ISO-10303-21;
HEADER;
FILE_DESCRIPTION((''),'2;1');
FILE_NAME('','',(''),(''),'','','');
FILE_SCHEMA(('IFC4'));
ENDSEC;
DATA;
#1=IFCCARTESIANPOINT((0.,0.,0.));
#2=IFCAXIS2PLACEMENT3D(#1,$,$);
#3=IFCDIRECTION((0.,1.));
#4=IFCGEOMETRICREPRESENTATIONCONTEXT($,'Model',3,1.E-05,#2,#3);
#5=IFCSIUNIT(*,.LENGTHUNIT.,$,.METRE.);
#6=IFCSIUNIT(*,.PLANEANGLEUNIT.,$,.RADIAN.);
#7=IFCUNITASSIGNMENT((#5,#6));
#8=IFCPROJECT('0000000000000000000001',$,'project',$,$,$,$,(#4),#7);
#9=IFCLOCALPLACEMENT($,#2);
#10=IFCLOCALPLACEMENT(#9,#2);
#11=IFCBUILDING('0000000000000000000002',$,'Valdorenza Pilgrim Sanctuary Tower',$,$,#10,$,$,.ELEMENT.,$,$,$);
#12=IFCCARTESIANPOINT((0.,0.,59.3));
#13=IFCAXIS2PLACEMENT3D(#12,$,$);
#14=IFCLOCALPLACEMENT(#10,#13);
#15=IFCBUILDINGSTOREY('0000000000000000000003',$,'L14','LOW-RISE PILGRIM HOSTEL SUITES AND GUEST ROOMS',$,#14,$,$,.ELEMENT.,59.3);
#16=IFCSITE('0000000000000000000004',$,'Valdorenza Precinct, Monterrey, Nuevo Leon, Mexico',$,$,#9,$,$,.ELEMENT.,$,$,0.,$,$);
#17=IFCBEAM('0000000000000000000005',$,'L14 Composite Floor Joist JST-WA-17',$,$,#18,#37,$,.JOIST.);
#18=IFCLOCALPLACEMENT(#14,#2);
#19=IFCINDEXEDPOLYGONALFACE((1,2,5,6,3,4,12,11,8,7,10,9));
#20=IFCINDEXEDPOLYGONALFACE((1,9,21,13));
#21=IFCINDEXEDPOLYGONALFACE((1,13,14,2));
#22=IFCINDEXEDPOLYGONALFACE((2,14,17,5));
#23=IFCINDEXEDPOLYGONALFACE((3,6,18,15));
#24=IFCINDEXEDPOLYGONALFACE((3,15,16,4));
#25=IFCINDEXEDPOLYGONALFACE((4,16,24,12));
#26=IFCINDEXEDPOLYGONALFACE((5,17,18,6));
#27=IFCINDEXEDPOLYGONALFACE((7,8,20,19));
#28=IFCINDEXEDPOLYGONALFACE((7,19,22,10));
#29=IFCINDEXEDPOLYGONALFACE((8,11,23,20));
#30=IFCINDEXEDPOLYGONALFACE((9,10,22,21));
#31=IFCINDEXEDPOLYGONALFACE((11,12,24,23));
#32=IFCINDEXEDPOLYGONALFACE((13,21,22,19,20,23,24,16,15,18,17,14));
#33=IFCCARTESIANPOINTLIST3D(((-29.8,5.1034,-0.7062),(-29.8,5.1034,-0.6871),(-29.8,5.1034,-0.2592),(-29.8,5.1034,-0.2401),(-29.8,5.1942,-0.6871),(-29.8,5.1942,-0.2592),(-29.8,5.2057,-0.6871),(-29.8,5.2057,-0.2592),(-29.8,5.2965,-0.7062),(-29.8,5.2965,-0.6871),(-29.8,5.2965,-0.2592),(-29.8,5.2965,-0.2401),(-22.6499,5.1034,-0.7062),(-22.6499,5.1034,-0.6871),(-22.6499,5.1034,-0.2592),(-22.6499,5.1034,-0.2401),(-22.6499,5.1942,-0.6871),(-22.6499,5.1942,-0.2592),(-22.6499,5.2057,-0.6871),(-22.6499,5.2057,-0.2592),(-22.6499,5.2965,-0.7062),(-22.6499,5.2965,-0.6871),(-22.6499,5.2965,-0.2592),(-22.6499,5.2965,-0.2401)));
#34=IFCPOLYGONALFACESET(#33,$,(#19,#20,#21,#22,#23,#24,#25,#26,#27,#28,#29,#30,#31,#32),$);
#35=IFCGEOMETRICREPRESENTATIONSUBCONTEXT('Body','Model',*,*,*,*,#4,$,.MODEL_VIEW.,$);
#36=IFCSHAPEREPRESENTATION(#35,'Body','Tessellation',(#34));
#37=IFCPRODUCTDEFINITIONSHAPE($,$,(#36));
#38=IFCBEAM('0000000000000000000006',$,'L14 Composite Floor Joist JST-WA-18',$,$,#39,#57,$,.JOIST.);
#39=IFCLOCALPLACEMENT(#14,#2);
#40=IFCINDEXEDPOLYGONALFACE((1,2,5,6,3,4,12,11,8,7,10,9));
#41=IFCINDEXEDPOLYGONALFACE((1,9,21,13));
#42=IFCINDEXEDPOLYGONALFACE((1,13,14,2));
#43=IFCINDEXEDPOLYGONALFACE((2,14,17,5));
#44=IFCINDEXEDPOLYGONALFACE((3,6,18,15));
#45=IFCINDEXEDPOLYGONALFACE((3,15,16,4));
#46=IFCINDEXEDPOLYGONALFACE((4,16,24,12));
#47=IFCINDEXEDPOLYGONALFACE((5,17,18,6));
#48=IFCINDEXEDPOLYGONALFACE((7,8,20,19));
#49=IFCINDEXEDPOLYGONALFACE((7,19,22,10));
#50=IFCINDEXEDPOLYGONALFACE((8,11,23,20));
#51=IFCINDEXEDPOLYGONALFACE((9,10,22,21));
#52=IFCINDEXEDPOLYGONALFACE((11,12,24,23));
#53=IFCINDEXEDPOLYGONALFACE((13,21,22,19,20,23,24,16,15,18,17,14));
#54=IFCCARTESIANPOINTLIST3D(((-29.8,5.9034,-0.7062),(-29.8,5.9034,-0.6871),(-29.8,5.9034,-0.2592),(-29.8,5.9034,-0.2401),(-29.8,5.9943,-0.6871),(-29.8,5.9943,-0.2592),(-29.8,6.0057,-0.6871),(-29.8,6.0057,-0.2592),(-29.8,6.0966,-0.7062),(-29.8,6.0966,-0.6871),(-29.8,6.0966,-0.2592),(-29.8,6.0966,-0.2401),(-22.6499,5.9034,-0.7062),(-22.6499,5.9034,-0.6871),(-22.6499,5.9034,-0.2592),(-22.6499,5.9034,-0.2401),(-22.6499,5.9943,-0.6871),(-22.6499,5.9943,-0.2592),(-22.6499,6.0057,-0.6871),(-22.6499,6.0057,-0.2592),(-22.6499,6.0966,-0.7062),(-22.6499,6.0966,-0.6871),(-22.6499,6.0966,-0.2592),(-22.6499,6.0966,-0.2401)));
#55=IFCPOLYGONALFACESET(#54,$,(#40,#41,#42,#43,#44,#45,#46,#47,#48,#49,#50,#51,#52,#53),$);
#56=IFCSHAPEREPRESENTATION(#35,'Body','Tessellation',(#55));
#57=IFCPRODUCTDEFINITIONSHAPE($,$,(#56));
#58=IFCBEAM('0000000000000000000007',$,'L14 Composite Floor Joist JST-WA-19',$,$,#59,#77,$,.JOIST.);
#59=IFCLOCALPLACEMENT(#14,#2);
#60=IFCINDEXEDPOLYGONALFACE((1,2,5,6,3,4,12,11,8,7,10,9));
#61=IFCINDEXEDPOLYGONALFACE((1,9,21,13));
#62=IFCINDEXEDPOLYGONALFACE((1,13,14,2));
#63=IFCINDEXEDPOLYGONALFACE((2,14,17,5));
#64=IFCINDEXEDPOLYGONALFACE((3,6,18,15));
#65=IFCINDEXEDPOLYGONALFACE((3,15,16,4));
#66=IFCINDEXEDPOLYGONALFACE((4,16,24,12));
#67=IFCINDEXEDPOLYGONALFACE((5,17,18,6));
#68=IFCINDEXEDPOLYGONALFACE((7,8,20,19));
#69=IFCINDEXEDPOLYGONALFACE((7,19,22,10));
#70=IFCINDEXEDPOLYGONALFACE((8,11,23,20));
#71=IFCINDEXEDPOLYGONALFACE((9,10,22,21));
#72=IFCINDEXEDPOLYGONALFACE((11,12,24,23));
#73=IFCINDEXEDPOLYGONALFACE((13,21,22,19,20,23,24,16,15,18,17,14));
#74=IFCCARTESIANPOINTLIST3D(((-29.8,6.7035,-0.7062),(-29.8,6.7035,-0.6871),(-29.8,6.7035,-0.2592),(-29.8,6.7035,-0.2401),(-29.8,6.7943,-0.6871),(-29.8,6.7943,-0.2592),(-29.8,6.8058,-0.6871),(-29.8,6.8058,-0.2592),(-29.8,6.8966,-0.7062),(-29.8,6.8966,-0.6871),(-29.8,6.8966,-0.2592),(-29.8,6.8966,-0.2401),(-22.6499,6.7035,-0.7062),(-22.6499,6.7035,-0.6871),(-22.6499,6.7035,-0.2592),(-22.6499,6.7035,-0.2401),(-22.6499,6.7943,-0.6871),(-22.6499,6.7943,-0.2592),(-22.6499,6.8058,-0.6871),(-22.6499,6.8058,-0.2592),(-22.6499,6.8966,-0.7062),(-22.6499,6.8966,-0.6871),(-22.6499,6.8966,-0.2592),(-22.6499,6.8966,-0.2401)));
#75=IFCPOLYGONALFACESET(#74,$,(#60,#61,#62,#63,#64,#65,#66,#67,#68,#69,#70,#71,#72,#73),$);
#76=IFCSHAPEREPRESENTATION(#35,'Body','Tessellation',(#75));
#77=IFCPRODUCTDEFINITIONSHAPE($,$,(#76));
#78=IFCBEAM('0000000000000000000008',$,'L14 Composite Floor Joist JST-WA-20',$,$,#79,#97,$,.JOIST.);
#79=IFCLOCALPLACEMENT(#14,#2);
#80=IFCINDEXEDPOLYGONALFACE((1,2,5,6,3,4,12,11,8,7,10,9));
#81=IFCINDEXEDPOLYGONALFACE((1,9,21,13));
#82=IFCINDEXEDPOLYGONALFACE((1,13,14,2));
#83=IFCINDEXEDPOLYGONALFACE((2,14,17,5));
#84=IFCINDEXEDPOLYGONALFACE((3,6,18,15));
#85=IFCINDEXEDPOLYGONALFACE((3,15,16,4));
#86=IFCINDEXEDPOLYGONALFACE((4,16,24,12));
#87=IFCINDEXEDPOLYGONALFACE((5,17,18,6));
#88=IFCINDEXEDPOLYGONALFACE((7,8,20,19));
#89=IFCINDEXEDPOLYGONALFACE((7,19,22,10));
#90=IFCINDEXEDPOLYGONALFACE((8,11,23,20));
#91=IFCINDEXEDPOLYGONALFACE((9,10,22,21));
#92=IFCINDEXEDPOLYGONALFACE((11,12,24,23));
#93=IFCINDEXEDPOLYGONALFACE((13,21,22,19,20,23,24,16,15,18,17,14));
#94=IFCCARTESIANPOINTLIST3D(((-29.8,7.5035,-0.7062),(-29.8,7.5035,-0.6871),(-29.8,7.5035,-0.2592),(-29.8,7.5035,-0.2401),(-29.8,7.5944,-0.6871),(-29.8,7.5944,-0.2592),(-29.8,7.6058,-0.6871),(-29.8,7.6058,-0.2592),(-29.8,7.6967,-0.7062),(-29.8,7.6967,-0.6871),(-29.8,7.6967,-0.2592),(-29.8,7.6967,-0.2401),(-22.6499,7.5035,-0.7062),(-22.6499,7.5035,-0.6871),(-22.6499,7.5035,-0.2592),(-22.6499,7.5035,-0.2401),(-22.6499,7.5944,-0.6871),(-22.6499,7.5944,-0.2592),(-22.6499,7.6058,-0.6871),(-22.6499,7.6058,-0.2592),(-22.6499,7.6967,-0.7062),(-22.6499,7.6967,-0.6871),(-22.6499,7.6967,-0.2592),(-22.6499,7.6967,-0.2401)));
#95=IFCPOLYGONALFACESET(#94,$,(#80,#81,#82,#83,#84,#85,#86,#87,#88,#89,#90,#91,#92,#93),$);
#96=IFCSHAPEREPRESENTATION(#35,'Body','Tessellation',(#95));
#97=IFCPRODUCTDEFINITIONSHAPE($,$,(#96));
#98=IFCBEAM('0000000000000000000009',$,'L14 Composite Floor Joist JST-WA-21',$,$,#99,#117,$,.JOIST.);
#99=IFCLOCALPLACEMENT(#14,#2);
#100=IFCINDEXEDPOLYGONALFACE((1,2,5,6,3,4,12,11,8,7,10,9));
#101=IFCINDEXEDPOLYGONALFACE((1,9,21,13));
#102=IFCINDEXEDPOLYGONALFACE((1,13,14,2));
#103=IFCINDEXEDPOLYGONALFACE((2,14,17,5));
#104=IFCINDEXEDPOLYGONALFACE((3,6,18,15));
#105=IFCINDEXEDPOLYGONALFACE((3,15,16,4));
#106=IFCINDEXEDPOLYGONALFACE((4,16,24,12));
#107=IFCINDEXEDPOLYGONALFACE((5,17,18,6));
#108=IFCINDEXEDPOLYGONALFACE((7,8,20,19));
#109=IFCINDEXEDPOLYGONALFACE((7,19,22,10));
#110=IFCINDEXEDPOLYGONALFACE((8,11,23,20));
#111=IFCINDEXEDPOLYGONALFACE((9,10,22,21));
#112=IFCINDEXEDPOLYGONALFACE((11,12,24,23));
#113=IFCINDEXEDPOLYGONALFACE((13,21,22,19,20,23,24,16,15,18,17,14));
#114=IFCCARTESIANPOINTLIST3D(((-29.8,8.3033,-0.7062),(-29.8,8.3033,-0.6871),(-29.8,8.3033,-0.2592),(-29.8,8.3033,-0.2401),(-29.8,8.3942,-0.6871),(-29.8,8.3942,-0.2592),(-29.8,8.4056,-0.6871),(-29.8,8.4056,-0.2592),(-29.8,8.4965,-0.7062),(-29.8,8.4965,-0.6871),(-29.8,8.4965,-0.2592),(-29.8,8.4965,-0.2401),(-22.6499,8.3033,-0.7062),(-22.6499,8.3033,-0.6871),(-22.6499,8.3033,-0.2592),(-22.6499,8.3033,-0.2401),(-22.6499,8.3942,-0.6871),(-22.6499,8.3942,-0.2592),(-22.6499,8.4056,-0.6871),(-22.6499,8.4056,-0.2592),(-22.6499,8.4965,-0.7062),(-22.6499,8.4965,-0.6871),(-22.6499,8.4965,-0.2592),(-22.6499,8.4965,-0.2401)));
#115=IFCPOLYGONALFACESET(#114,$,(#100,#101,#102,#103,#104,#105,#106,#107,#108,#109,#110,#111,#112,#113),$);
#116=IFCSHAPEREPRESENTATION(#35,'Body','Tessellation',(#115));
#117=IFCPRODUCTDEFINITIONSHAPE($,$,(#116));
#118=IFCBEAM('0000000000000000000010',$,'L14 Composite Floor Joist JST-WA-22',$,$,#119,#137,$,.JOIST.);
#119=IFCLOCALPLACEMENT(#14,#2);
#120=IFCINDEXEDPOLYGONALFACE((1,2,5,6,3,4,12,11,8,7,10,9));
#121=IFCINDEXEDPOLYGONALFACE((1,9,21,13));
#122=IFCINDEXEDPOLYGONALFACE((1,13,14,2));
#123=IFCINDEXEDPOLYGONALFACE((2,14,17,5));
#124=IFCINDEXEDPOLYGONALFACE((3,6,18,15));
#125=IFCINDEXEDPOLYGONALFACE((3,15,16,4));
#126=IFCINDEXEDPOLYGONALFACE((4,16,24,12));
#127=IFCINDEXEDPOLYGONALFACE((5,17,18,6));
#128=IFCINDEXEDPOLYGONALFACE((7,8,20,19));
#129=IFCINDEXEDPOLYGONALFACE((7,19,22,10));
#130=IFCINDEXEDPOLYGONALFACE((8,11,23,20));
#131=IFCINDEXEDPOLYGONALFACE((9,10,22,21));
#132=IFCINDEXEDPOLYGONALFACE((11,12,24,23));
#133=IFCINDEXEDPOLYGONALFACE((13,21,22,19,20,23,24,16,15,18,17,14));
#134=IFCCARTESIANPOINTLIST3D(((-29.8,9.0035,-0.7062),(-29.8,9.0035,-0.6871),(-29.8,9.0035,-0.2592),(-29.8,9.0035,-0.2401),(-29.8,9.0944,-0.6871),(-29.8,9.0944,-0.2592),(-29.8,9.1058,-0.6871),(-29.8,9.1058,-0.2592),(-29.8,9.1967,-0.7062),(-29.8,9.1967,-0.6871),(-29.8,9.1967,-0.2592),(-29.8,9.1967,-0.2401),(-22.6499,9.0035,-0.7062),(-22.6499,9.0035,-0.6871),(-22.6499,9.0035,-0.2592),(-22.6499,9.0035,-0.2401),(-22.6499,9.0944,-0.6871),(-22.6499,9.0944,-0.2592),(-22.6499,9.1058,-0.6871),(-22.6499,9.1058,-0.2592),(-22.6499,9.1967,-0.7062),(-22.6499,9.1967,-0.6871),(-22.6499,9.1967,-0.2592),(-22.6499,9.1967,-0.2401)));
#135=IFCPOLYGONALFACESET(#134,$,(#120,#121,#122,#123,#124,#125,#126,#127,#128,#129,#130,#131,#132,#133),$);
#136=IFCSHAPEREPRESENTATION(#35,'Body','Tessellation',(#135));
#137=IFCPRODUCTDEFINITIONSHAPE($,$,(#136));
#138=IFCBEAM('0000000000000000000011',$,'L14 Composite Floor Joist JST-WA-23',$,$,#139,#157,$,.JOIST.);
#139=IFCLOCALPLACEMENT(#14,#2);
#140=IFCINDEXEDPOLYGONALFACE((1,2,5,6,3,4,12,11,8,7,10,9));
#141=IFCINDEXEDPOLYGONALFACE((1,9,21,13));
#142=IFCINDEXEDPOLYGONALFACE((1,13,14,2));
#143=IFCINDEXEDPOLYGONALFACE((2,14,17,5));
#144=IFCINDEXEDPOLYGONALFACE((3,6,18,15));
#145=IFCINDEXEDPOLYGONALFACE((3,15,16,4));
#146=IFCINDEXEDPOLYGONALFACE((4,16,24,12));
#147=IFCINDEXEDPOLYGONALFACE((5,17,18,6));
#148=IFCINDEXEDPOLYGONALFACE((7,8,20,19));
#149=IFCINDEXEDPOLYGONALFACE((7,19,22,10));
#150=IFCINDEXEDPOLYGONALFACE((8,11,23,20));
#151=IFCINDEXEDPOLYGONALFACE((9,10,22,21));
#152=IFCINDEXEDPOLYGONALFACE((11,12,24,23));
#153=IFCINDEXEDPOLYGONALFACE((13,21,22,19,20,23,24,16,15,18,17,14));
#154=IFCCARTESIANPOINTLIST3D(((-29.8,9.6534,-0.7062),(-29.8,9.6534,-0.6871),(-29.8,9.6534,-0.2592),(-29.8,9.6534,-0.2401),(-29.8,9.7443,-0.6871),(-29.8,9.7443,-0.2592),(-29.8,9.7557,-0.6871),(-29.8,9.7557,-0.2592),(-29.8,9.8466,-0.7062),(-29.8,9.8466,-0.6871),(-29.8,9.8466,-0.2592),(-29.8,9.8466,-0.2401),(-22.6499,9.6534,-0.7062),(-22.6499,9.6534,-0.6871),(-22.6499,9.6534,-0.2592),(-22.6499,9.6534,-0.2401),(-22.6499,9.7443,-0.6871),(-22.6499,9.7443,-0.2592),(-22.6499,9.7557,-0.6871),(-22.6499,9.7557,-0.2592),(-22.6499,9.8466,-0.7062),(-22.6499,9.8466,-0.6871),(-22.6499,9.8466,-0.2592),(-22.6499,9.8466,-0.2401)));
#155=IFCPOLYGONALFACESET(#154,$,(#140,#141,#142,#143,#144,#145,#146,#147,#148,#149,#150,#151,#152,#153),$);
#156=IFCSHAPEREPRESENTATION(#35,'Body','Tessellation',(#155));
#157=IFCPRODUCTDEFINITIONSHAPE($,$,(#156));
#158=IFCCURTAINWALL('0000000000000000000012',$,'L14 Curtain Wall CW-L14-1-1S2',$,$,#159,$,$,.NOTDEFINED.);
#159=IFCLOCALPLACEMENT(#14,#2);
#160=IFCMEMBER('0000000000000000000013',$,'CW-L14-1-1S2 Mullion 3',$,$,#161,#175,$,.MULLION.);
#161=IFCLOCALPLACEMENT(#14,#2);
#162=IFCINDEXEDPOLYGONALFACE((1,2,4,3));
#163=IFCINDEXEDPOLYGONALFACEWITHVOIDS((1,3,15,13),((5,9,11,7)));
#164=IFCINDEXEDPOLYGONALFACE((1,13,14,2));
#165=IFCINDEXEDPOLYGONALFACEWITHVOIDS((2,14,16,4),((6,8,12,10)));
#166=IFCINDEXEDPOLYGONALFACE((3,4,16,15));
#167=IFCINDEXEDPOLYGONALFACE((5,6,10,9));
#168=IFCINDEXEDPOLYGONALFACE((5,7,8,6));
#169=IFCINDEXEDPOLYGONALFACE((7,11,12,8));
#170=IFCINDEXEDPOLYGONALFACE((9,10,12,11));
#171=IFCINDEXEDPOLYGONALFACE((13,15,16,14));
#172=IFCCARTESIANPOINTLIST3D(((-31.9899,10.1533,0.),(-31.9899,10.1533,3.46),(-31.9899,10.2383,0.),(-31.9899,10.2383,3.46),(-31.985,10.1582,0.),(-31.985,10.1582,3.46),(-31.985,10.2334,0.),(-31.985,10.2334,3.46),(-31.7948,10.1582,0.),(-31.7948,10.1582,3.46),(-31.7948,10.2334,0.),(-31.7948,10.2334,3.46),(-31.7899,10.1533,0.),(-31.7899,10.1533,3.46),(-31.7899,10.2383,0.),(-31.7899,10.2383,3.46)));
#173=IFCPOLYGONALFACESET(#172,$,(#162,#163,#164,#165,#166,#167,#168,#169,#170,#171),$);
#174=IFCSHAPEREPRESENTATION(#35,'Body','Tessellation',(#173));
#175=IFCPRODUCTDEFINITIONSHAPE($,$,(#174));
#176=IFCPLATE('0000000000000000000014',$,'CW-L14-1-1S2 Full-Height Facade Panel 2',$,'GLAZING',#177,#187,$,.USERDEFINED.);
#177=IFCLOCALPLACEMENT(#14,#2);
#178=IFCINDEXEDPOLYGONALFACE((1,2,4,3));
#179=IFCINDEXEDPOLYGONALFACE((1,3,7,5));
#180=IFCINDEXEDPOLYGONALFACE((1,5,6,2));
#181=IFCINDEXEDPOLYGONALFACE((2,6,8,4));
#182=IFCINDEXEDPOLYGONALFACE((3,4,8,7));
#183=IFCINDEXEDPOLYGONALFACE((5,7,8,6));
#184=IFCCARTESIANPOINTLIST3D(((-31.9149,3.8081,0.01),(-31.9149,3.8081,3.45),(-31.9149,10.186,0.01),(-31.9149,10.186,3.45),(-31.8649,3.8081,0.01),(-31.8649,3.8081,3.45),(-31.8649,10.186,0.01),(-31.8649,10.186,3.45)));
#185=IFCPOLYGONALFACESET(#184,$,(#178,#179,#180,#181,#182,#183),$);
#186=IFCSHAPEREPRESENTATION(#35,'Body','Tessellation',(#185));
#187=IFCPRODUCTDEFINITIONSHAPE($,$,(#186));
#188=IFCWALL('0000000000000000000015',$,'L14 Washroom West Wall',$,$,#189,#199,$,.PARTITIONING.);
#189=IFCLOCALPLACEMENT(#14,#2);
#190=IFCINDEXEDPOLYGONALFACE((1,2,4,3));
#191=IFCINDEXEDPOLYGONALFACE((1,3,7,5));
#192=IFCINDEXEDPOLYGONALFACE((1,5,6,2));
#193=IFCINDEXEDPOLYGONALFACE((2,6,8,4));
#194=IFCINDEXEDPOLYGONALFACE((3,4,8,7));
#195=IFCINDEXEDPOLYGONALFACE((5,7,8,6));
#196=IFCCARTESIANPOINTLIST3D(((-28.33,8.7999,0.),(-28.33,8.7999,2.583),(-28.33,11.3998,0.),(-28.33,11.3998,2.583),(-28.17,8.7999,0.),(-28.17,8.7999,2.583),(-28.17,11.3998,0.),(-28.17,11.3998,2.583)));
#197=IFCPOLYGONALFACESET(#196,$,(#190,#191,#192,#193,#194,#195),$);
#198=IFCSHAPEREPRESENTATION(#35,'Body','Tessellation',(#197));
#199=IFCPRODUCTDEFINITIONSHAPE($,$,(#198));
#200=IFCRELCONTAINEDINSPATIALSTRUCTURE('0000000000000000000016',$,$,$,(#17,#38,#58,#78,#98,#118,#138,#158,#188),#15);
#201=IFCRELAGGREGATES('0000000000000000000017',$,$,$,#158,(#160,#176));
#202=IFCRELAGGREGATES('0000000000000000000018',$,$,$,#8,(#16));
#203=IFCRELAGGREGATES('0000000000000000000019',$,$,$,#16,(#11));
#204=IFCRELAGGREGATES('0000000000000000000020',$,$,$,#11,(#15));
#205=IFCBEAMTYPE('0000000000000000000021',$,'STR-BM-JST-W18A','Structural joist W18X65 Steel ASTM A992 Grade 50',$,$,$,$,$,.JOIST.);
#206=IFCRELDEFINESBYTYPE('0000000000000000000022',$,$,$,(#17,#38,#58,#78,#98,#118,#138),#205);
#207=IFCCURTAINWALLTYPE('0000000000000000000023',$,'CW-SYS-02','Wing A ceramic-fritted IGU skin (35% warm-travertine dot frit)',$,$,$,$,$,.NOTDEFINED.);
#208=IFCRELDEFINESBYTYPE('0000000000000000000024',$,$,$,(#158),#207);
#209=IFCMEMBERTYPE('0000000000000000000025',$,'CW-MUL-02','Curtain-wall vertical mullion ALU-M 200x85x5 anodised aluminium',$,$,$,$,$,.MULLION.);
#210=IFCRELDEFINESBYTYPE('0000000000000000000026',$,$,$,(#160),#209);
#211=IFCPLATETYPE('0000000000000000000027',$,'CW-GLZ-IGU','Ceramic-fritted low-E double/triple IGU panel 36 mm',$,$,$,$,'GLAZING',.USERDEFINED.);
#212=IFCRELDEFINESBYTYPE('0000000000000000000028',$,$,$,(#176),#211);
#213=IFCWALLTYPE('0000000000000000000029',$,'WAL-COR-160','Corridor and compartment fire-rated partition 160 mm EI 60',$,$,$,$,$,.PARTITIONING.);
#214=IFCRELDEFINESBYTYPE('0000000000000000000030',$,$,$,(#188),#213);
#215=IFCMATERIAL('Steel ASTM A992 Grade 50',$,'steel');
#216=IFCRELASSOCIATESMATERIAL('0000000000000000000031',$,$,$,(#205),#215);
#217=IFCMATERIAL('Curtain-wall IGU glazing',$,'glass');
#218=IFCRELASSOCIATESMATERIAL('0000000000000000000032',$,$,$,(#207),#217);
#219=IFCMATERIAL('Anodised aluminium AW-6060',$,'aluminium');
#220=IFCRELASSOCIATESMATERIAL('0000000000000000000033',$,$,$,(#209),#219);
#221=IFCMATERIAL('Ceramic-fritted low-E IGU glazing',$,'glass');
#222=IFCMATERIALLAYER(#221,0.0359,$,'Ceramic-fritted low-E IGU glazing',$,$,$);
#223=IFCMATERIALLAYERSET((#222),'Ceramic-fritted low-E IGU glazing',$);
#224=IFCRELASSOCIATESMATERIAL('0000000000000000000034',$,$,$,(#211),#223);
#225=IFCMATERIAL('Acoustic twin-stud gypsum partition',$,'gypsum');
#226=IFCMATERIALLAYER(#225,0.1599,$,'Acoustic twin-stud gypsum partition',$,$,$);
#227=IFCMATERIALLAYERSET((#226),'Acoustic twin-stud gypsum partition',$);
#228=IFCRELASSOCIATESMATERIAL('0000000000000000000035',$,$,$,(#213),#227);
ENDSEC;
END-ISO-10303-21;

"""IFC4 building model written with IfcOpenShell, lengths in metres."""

from ifc_helpers import new_model, si_unit, direction, frame, frame_2d, origin, origin_2d, place, context, subcontext, project, spatial, rectangle, hollow_rectangle, i_section, extrude, source, transform, mapped, material, layer, layer_set, material_profile, profile_set, type_object, element, aggregate, save


model = new_model("IFC4")

# Units and contexts
model_context = context("Model", 3, precision=1e-05, world=origin(), true_north=direction((0.0, 1.0)))
body_context = subcontext(model_context, "Body", "Model", "MODEL_VIEW")
ifc_project = project(units=[si_unit("LENGTHUNIT", "METRE"), si_unit("PLANEANGLEUNIT", "RADIAN")], contexts=[model_context])

# Site, building, storey
site_placement = place(None, origin())
site = spatial("IfcSite", under=ifc_project, at=site_placement, Name="Valdorenza Precinct, Monterrey, Nuevo Leon, Mexico", CompositionType="ELEMENT", RefElevation=0.0)
building_placement = place(site_placement, origin())
building = spatial("IfcBuilding", under=site, at=building_placement, Name="Valdorenza Pilgrim Sanctuary Tower", CompositionType="ELEMENT")
storey_placement = place(building_placement, frame((0.0, 0.0, 59.3)))
storey = spatial("IfcBuildingStorey", under=building, at=storey_placement, Name="L14", Description="LOW-RISE PILGRIM HOSTEL SUITES AND GUEST ROOMS", CompositionType="ELEMENT", Elevation=59.3)

# Beams
ifc_material_1 = material(Name="Steel ASTM A992 Grade 50", Category="steel")
ifc_material_profile_1 = material_profile(ifc_material_1, i_section(OverallWidth=0.1931, OverallDepth=0.4661, WebThickness=0.0115, FlangeThickness=0.019, at=origin_2d()), Name="W18X65")
ifc_profile_set_1 = profile_set([ifc_material_profile_1], Name="Steel ASTM A992 Grade 50")
beam_type = type_object("IfcBeamType", Name="STR-BM-JST-W18A", Description="Structural joist W18X65 Steel ASTM A992 Grade 50", PredefinedType="JOIST", material=ifc_profile_set_1)
shared_shape_1 = source(origin(), body_context, "Body", "SweptSolid", [
    extrude(i_section(OverallWidth=0.1931, OverallDepth=0.4661, WebThickness=0.0115, FlangeThickness=0.019, at=origin_2d()), origin(), (0.0, 0.0, 1.0), 7.1501),
])
for number, where, z_axis, x_axis, name in (
    (1, (-29.8, 5.2, -0.4731), (1.0, 0.0, 0.0), (0.0, 1.0, 0.0), "L14 Composite Floor Joist JST-WA-17"),
    (2, (-29.8, 6.0, -0.4731), (1.0, 0.0, 0.0), (0.0, 1.0, 0.0), "L14 Composite Floor Joist JST-WA-18"),
    (3, (-29.8, 6.8, -0.4731), (1.0, 0.0, 0.0), (0.0, 1.0, 0.0), "L14 Composite Floor Joist JST-WA-19"),
    (4, (-29.8, 7.6001, -0.4731), (1.0, 0.0, 0.0), (0.0, 1.0, 0.0), "L14 Composite Floor Joist JST-WA-20"),
    (5, (-29.8, 8.3999, -0.4731), (1.0, 0.0, 0.0), (0.0, 1.0, 0.0), "L14 Composite Floor Joist JST-WA-21"),
    (6, (-29.8, 9.1001, -0.4731), (1.0, 0.0, 0.0), (0.0, 1.0, 0.0), "L14 Composite Floor Joist JST-WA-22"),
    (7, (-29.8, 9.75, -0.4731), (1.0, 0.0, 0.0), (0.0, 1.0, 0.0), "L14 Composite Floor Joist JST-WA-23"),
):
    element("IfcBeam", number, at=place(storey_placement, frame(where, z_axis=z_axis, x_axis=x_axis)), inside=storey, type_object=beam_type, Name=name, PredefinedType="JOIST", context=body_context, shape_type="MappedRepresentation", body=[
        mapped(shared_shape_1, transform((0.0, 0.0, 0.0), x_axis=(1.0, 0.0, 0.0), y_axis=(0.0, 1.0, 0.0), z_axis=(0.0, 0.0, 1.0), scale=1.0)),
    ])

# Curtain wall, member, plate
ifc_material_2 = material(Name="Curtain-wall IGU glazing", Category="glass")
curtain_wall_type = type_object("IfcCurtainWallType", Name="CW-SYS-02", Description="Wing A ceramic-fritted IGU skin (35% warm-travertine dot frit)", PredefinedType="NOTDEFINED", material=ifc_material_2)
curtain_wall_placement = place(storey_placement, origin())
curtain_wall = element("IfcCurtainWall", 8, at=curtain_wall_placement, inside=storey, type_object=curtain_wall_type, Name="L14 Curtain Wall CW-L14-1-1S2", PredefinedType="NOTDEFINED")
ifc_material_3 = material(Name="Anodised aluminium AW-6060", Category="aluminium")
ifc_material_profile_2 = material_profile(ifc_material_3, hollow_rectangle(XDim=0.085, YDim=0.2, WallThickness=0.0049, at=origin_2d()), Name="ALU-M 200x85x5")
ifc_profile_set_2 = profile_set([ifc_material_profile_2], Name="Anodised aluminium AW-6060")
member_type = type_object("IfcMemberType", Name="CW-MUL-02", Description="Curtain-wall vertical mullion ALU-M 200x85x5 anodised aluminium", PredefinedType="MULLION", material=ifc_profile_set_2)
shared_shape_2 = source(origin(), body_context, "Body", "SweptSolid", [
    extrude(hollow_rectangle(XDim=0.085, YDim=0.2, WallThickness=0.0049, at=origin_2d()), origin(), (0.0, 0.0, 1.0), 3.46),
])
member_placement = place(storey_placement, frame((-31.8899, 10.1958, 0.0), z_axis=(0.0, 0.0, 1.0), x_axis=(0.0, 1.0, 0.0)))
member = element("IfcMember", 9, at=member_placement, type_object=member_type, Name="CW-L14-1-1S2 Mullion 3", PredefinedType="MULLION", context=body_context, shape_type="MappedRepresentation", body=[
    mapped(shared_shape_2, transform((0.0, 0.0, 0.0), x_axis=(1.0, 0.0, 0.0), y_axis=(0.0, 1.0, 0.0), z_axis=(0.0, 0.0, 1.0), scale=1.0)),
])
ifc_material_4 = material(Name="Ceramic-fritted low-E IGU glazing", Category="glass")
ifc_layer_1 = layer(ifc_material_4, 0.0359, Name="Ceramic-fritted low-E IGU glazing")
ifc_layer_set_1 = layer_set([ifc_layer_1], Name="Ceramic-fritted low-E IGU glazing")
plate_type = type_object("IfcPlateType", Name="CW-GLZ-IGU", Description="Ceramic-fritted low-E double/triple IGU panel 36 mm", ElementType="GLAZING", PredefinedType="USERDEFINED", material=ifc_layer_set_1)
shared_shape_3 = source(origin(), body_context, "Body", "SweptSolid", [
    extrude(rectangle(XDim=6.3779, YDim=0.05, at=origin_2d()), origin(), (0.0, 0.0, 1.0), 3.4399),
])
plate_placement = place(storey_placement, frame((-31.8899, 6.9971, 0.01), z_axis=(0.0, 0.0, 1.0), x_axis=(0.0, 1.0, 0.0)))
plate = element("IfcPlate", 10, at=plate_placement, type_object=plate_type, Name="CW-L14-1-1S2 Full-Height Facade Panel 2", ObjectType="GLAZING", PredefinedType="USERDEFINED", context=body_context, shape_type="MappedRepresentation", body=[
    mapped(shared_shape_3, transform((0.0, 0.0, 0.0), x_axis=(1.0, 0.0, 0.0), y_axis=(0.0, 1.0, 0.0), z_axis=(0.0, 0.0, 1.0), scale=1.0)),
])
aggregate(curtain_wall, [member, plate])

# Wall
ifc_material_5 = material(Name="Acoustic twin-stud gypsum partition", Category="gypsum")
ifc_layer_2 = layer(ifc_material_5, 0.1599, Name="Acoustic twin-stud gypsum partition")
ifc_layer_set_2 = layer_set([ifc_layer_2], Name="Acoustic twin-stud gypsum partition")
wall_type_1 = type_object("IfcWallType", Name="WAL-COR-160", Description="Corridor and compartment fire-rated partition 160 mm EI 60", PredefinedType="PARTITIONING", material=ifc_layer_set_2)
wall_1_placement = place(storey_placement, frame((-28.25, 8.8, 0.0), z_axis=(0.0, 0.0, 1.0), x_axis=(0.0, 1.0, 0.0)))
element("IfcWall", 11, at=wall_1_placement, inside=storey, type_object=wall_type_1, Name="L14 Washroom West Wall", PredefinedType="PARTITIONING", context=body_context, shape_type="SweptSolid", body=[
    extrude(rectangle(XDim=2.5999, YDim=0.1599, at=frame_2d((1.2998, 0.0))), origin(), (0.0, 0.0, 1.0), 2.583),
])

save(model, "model.ifc")
